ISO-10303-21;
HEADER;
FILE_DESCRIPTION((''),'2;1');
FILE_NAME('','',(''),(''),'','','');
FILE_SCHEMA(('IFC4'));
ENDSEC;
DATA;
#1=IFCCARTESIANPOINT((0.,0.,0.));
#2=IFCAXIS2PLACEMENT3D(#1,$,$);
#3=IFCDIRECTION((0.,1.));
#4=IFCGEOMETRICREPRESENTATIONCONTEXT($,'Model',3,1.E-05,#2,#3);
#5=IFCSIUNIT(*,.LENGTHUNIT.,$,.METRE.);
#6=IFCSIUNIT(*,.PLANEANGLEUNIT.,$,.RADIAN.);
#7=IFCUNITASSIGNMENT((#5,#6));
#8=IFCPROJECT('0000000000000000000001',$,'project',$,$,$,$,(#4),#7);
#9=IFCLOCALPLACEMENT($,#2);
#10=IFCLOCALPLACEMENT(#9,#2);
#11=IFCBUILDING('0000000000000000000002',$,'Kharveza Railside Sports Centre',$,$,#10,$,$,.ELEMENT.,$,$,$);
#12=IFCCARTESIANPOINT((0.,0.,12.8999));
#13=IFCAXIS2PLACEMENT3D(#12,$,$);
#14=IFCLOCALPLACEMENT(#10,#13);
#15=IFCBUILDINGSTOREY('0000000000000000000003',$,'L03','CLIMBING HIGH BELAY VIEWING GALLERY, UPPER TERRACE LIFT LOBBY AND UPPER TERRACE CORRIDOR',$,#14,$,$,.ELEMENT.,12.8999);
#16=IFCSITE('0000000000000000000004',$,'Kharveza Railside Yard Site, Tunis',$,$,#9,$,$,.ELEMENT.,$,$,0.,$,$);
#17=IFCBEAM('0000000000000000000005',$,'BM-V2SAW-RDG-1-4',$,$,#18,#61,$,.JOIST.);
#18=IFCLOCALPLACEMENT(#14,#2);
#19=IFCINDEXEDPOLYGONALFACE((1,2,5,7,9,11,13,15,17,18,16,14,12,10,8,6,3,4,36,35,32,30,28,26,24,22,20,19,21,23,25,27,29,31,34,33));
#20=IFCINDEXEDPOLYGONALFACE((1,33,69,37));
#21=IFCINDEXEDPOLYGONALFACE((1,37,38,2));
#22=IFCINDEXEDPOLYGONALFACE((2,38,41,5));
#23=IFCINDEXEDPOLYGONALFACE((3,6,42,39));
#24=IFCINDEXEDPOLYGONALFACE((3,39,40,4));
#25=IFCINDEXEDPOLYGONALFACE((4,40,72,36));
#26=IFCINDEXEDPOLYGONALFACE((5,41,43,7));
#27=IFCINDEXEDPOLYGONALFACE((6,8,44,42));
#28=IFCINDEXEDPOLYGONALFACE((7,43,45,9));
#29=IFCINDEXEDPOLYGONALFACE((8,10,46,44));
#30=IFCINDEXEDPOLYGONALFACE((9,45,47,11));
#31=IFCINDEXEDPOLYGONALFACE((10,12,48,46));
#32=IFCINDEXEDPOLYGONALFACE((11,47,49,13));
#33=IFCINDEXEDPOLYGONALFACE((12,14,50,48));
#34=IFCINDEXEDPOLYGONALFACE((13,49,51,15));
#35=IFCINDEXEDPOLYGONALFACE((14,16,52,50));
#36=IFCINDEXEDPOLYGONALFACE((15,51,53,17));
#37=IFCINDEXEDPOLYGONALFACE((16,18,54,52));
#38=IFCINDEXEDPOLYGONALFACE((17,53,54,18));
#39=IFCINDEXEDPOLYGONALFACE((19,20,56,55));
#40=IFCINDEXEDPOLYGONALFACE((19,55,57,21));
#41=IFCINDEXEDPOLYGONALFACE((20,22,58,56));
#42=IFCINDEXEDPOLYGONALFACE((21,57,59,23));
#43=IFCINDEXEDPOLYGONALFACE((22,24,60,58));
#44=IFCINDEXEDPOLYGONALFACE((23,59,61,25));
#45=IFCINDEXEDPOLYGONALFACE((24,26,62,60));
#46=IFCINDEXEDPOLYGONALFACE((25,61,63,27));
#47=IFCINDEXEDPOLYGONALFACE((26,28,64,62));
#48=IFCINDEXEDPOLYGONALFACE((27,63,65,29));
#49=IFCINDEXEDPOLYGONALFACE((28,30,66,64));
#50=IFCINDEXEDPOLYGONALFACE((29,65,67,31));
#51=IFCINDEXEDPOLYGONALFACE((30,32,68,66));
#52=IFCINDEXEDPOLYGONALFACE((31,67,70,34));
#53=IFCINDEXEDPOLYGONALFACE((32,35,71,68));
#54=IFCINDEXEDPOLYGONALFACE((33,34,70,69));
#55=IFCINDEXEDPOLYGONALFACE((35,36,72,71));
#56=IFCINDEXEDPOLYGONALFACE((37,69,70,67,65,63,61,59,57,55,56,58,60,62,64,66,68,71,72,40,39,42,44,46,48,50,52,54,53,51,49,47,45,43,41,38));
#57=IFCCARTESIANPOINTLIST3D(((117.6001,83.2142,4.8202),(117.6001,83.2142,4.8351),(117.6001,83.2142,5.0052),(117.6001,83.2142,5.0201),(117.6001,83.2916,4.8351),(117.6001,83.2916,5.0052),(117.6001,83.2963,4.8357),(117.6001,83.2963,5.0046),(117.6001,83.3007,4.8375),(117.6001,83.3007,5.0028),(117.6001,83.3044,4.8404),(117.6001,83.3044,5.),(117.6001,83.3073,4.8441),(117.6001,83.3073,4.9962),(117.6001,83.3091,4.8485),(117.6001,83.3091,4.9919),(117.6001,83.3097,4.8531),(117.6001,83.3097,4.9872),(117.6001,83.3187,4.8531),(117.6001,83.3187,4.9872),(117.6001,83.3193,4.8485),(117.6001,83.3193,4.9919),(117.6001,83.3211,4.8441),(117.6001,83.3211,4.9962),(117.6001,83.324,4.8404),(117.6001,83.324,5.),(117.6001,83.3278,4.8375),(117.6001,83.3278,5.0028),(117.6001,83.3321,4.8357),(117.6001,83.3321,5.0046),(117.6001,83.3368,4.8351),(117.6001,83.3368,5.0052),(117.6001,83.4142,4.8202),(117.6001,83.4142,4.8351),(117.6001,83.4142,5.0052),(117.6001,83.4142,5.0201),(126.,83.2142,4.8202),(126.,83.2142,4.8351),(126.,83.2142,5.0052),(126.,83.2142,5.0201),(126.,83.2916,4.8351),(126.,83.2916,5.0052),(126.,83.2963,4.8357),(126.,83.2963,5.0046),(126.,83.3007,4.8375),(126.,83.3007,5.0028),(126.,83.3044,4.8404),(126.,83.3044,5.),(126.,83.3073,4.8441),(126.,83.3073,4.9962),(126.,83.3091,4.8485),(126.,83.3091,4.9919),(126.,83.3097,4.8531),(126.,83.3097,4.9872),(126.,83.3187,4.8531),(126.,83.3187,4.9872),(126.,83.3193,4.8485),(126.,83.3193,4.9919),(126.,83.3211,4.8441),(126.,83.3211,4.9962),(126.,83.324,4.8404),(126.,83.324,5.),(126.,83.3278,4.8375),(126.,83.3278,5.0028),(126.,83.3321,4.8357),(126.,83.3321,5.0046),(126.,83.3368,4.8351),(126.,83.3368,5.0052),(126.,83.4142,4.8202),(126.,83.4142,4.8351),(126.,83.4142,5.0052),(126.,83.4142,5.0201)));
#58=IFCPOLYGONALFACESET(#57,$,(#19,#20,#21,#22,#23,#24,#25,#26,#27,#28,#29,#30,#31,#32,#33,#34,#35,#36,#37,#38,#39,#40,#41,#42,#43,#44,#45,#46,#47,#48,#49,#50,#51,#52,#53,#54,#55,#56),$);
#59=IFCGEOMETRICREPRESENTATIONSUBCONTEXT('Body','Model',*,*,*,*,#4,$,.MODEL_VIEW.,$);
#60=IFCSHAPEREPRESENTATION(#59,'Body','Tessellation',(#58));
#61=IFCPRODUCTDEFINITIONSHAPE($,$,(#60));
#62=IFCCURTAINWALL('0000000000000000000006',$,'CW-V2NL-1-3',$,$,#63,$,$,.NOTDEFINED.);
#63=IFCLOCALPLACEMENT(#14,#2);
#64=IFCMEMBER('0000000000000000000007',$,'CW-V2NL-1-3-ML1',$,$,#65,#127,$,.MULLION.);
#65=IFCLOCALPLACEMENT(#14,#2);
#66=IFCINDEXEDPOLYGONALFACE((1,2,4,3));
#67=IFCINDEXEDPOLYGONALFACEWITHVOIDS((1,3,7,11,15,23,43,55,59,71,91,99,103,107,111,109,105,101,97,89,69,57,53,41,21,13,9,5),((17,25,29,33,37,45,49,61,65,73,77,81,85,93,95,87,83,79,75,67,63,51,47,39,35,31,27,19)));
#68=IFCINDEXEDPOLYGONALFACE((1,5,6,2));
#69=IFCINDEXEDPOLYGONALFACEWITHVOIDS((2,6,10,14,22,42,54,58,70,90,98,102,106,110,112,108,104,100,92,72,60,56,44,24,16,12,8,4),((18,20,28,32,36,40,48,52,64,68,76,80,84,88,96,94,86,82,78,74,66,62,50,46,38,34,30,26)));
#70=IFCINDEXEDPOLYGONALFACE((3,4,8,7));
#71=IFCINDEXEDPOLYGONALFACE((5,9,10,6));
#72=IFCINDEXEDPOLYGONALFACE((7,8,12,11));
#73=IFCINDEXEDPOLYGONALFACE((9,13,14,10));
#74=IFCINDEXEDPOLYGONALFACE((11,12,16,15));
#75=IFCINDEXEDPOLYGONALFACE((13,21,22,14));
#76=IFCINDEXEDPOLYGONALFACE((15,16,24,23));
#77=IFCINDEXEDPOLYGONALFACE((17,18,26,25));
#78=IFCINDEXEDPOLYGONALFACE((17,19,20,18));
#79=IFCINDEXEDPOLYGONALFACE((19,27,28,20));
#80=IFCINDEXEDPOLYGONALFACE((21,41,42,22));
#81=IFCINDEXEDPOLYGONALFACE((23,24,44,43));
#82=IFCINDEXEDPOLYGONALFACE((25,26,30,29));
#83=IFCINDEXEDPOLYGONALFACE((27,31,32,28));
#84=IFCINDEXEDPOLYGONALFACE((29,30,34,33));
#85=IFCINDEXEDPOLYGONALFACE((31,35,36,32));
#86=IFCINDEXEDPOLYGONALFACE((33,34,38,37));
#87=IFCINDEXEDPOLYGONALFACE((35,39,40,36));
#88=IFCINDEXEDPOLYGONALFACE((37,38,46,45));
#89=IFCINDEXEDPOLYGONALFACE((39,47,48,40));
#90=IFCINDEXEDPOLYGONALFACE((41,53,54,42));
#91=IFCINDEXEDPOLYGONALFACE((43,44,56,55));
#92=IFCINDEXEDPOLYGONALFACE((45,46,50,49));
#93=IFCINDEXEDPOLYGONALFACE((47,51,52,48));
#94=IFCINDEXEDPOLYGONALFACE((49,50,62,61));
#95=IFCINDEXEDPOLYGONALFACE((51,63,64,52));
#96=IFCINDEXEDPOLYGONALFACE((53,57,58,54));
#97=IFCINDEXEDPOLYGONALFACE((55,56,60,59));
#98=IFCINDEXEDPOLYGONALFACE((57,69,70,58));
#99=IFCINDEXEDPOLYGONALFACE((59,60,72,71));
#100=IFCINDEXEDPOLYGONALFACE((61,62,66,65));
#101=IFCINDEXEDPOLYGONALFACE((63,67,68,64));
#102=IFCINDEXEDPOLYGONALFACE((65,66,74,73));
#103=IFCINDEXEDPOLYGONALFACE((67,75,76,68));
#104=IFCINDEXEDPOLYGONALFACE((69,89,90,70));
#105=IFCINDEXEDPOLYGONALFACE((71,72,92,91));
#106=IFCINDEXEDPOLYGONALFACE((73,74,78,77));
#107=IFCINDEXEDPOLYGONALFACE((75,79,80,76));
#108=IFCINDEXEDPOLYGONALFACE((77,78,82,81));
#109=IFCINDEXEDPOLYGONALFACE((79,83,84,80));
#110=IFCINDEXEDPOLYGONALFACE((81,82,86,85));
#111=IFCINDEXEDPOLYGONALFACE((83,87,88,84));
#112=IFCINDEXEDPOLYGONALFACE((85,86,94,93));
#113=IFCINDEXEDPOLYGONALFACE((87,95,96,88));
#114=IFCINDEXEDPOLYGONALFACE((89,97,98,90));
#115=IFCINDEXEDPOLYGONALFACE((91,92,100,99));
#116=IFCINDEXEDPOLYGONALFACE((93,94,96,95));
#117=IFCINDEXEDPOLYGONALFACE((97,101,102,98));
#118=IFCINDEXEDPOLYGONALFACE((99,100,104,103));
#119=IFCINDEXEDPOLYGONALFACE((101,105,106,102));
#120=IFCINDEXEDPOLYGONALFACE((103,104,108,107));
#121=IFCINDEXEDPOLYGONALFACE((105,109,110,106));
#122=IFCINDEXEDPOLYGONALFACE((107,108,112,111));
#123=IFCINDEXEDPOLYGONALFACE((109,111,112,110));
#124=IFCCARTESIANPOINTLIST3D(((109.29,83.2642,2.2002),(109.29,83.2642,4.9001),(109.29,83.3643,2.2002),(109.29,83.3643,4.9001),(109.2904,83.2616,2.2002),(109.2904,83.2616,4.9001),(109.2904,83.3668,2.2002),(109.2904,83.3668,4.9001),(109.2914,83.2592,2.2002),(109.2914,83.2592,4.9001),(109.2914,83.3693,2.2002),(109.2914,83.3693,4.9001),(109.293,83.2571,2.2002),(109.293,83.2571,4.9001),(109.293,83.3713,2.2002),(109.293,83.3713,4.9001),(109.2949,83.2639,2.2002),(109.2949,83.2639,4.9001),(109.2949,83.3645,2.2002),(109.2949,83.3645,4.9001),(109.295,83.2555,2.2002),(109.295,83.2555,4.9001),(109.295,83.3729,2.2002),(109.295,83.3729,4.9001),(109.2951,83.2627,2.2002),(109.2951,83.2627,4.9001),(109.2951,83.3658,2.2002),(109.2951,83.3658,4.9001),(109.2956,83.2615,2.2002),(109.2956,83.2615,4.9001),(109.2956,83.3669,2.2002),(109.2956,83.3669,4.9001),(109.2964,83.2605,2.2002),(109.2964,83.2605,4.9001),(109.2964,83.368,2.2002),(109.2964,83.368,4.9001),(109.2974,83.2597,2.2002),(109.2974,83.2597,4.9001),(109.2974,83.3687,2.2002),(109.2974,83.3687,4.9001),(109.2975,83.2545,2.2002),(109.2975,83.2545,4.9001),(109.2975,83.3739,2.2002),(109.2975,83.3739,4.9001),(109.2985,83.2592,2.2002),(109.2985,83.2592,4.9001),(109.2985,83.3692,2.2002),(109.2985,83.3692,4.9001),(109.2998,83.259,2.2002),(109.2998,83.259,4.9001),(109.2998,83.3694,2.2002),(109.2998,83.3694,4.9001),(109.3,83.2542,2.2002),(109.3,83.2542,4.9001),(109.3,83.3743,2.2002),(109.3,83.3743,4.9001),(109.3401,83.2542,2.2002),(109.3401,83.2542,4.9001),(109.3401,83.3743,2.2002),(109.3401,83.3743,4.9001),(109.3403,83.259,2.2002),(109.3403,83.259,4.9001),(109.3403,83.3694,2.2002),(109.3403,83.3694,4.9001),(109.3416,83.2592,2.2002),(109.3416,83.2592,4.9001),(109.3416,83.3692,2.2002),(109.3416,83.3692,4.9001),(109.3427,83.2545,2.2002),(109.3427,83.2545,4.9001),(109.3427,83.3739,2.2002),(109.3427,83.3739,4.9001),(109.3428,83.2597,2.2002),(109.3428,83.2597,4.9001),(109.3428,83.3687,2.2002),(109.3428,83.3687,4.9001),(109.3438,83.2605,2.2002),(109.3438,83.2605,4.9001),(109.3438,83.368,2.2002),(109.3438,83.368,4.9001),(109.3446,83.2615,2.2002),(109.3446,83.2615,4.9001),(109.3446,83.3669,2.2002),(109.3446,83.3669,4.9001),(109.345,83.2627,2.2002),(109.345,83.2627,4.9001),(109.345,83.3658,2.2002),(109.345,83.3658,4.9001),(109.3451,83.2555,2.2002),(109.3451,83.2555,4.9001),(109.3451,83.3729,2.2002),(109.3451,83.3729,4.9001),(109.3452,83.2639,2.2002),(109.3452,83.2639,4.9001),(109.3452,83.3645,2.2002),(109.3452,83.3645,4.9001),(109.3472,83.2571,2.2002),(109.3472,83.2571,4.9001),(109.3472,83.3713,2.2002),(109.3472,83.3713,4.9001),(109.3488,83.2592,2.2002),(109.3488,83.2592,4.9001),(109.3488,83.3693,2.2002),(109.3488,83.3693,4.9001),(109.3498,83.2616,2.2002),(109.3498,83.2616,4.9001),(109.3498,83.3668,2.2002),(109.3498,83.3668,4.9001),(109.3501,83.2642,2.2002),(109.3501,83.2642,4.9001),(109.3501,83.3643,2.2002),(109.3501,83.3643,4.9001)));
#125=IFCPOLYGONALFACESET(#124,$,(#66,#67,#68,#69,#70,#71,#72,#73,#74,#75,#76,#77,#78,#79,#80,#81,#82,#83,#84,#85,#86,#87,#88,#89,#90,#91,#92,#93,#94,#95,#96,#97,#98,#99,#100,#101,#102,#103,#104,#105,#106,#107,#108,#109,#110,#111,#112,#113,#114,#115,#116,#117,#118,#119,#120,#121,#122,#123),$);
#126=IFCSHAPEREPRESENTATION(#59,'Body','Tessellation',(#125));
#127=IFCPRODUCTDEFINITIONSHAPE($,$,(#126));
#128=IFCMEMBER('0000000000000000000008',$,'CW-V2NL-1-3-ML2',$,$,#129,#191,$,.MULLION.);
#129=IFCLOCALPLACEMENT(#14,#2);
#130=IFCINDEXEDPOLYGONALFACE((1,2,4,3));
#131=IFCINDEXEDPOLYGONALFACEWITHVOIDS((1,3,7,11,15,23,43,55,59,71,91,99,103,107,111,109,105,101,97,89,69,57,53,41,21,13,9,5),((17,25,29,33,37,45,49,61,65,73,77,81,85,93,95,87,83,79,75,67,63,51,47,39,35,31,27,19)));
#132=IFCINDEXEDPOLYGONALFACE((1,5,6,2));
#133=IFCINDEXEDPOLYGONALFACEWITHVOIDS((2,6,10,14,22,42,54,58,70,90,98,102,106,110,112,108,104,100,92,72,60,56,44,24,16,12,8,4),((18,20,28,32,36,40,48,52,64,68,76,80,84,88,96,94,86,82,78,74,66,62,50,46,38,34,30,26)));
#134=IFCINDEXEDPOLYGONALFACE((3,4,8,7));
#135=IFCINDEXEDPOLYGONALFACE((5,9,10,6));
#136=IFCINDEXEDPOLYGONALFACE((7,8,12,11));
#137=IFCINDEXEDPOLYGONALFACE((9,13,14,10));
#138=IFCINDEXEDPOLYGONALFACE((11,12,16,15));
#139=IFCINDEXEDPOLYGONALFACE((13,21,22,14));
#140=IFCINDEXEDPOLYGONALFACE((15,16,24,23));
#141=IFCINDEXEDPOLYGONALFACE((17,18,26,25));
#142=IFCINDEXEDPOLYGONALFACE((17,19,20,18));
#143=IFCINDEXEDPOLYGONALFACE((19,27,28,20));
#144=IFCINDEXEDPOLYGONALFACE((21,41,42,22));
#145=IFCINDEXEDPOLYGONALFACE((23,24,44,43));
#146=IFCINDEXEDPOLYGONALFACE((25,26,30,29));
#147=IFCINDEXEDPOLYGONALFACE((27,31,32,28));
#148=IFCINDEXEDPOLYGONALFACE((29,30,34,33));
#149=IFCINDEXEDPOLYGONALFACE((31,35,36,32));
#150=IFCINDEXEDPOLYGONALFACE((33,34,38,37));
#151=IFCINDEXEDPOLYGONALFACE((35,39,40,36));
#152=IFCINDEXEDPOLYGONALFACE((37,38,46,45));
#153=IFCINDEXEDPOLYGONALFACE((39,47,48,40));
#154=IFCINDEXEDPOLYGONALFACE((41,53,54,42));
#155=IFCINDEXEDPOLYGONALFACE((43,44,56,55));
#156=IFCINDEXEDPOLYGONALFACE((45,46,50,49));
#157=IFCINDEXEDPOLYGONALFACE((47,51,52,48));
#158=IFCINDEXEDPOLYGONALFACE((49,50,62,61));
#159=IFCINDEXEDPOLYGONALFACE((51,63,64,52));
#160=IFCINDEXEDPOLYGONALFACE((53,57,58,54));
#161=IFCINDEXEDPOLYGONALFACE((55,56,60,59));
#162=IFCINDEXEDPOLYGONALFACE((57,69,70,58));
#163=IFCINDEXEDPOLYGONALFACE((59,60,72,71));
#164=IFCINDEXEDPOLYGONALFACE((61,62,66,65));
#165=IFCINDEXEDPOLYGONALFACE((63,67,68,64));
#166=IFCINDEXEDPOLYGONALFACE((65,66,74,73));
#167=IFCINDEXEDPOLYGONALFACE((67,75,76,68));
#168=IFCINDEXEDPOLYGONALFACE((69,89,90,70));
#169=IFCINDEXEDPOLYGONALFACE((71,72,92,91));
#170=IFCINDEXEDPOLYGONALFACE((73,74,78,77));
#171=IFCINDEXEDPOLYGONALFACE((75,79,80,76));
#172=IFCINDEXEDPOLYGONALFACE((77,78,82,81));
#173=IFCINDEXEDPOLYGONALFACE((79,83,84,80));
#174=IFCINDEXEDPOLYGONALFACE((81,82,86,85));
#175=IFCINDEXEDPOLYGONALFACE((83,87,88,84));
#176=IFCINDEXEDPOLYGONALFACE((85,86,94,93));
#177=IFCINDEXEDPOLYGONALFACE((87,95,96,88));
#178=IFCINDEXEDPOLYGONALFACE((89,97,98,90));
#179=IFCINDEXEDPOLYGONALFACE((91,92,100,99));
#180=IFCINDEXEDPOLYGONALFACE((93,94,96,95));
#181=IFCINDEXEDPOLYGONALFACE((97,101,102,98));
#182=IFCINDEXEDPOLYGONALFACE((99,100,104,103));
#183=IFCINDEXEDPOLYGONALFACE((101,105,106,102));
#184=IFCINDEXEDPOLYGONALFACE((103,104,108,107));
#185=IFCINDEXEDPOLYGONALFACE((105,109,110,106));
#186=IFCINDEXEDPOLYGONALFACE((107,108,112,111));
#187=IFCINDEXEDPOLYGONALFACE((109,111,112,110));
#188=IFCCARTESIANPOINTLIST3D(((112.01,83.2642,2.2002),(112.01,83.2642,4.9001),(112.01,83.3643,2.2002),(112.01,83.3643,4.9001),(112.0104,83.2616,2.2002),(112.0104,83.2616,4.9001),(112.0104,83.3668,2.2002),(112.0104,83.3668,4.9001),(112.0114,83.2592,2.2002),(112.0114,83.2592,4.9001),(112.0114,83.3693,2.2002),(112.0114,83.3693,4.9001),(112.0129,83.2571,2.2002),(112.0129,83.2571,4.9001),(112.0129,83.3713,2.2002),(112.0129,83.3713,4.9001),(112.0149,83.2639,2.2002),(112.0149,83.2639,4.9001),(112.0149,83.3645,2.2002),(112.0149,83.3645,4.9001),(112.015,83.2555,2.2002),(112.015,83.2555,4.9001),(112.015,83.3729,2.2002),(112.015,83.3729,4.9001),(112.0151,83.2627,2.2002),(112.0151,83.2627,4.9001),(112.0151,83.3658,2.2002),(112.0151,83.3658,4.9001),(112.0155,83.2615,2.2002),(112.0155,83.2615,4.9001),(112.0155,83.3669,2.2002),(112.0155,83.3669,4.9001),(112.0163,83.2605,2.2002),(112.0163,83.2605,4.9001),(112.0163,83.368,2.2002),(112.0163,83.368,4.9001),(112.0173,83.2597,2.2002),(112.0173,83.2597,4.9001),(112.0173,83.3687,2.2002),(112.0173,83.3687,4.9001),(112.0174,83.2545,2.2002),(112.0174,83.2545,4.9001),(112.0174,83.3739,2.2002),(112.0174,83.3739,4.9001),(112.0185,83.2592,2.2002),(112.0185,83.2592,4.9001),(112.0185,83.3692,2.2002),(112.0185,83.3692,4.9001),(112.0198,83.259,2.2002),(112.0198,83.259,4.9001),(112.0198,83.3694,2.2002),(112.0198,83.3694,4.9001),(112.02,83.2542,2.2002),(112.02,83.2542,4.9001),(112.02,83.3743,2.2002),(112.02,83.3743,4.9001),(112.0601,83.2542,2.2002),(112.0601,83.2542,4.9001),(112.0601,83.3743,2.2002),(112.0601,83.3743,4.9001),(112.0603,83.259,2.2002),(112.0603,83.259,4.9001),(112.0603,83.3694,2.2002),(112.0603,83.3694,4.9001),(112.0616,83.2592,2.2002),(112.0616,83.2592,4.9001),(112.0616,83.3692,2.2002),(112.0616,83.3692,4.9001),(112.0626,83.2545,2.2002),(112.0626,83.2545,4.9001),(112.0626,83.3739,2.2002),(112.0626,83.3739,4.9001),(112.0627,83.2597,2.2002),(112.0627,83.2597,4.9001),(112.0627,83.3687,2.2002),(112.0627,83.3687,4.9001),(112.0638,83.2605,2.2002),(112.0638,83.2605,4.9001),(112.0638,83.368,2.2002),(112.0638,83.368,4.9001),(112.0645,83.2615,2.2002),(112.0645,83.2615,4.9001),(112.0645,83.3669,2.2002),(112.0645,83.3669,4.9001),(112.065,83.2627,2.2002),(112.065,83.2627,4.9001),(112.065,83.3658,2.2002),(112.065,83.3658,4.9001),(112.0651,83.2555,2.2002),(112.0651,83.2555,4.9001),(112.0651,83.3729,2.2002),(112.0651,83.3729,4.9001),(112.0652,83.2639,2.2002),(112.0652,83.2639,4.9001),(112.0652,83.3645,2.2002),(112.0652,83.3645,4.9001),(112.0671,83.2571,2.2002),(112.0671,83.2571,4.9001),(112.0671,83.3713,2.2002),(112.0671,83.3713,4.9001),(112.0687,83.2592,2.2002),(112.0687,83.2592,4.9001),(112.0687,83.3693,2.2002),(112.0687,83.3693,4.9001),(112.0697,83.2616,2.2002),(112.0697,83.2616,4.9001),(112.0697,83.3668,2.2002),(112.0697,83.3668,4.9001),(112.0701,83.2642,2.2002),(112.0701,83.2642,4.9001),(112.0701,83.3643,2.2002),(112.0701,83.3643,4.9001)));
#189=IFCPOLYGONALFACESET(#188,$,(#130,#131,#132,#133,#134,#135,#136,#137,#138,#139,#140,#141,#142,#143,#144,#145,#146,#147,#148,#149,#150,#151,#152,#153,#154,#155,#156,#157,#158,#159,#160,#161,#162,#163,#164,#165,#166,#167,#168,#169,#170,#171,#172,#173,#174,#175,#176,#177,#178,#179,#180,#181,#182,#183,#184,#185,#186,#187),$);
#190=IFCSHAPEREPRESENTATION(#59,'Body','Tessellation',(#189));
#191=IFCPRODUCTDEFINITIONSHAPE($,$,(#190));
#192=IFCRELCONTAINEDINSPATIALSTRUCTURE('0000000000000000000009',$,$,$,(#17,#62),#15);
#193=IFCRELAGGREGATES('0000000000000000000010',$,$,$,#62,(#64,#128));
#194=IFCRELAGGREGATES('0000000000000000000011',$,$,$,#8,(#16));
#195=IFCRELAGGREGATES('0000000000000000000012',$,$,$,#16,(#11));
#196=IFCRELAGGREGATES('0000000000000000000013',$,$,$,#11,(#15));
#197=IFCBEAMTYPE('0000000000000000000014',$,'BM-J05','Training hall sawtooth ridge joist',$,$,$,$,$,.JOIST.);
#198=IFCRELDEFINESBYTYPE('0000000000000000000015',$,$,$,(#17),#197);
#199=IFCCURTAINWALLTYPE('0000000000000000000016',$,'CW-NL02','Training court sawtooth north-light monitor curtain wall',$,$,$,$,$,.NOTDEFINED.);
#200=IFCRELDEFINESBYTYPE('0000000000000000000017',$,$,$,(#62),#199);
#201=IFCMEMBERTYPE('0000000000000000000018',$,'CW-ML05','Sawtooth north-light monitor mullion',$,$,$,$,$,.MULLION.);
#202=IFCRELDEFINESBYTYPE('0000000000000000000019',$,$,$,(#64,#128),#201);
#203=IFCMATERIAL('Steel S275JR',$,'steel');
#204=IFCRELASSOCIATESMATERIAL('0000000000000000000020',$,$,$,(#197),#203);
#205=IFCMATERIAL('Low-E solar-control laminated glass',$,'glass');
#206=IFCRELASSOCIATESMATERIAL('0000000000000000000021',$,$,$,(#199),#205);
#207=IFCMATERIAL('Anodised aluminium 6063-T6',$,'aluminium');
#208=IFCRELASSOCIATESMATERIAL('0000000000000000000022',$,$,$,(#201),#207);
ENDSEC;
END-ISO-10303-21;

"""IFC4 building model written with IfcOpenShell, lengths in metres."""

from ifc_helpers import new_model, si_unit, direction, frame, origin, origin_2d, place, context, subcontext, project, spatial, hollow_rectangle, i_section, extrude, material, material_profile, profile_set, type_object, element, aggregate, save


model = new_model("IFC4")

# Units and contexts
model_context = context("Model", 3, precision=1e-05, world=origin(), true_north=direction((0.0, 1.0)))
body_context = subcontext(model_context, "Body", "Model", "MODEL_VIEW")
ifc_project = project(units=[si_unit("LENGTHUNIT", "METRE"), si_unit("PLANEANGLEUNIT", "RADIAN")], contexts=[model_context])

# Site, building, storey
site_placement = place(None, origin())
site = spatial("IfcSite", under=ifc_project, at=site_placement, Name="Kharveza Railside Yard Site, Tunis", CompositionType="ELEMENT", RefElevation=0.0)
building_placement = place(site_placement, origin())
building = spatial("IfcBuilding", under=site, at=building_placement, Name="Kharveza Railside Sports Centre", CompositionType="ELEMENT")
storey_placement = place(building_placement, frame((0.0, 0.0, 12.8999)))
storey = spatial("IfcBuildingStorey", under=building, at=storey_placement, Name="L03", Description="CLIMBING HIGH BELAY VIEWING GALLERY, UPPER TERRACE LIFT LOBBY AND UPPER TERRACE CORRIDOR", CompositionType="ELEMENT", Elevation=12.8999)

# Beam
ifc_material_1 = material(Name="Steel S275JR", Category="steel")
ifc_material_profile_1 = material_profile(ifc_material_1, i_section(OverallWidth=0.2, OverallDepth=0.2, WebThickness=0.009, FlangeThickness=0.0149, FilletRadius=0.0181, at=origin_2d()), Name="HEB 200")
ifc_profile_set_1 = profile_set([ifc_material_profile_1], Name="Steel S275JR")
beam_type_1 = type_object("IfcBeamType", Name="BM-J05", Description="Training hall sawtooth ridge joist", PredefinedType="JOIST", material=ifc_profile_set_1)
beam_placement = place(storey_placement, frame((117.6001, 83.3142, 4.9202), z_axis=(1.0, 0.0, 0.0), x_axis=(0.0, 1.0, 0.0)))
element("IfcBeam", 1, at=beam_placement, inside=storey, type_object=beam_type_1, Name="BM-V2SAW-RDG-1-4", PredefinedType="JOIST", context=body_context, shape_type="SweptSolid", body=[
    extrude(i_section(OverallWidth=0.2, OverallDepth=0.2, WebThickness=0.009, FlangeThickness=0.0149, FilletRadius=0.0181, at=origin_2d()), origin(), (0.0, 0.0, 1.0), 8.3999),
])

# Curtain wall, members
ifc_material_2 = material(Name="Low-E solar-control laminated glass", Category="glass")
curtain_wall_type = type_object("IfcCurtainWallType", Name="CW-NL02", Description="Training court sawtooth north-light monitor curtain wall", PredefinedType="NOTDEFINED", material=ifc_material_2)
curtain_wall_1_placement = place(storey_placement, origin())
curtain_wall_1 = element("IfcCurtainWall", 2, at=curtain_wall_1_placement, inside=storey, type_object=curtain_wall_type, Name="CW-V2NL-1-3", PredefinedType="NOTDEFINED")
ifc_material_3 = material(Name="Anodised aluminium 6063-T6", Category="aluminium")
ifc_material_profile_2 = material_profile(ifc_material_3, hollow_rectangle(XDim=0.0601, YDim=0.1201, WallThickness=0.0049, InnerFilletRadius=0.0049, OuterFilletRadius=0.01, at=origin_2d()), Name="RHS 60x120x5.0")
ifc_profile_set_2 = profile_set([ifc_material_profile_2], Name="Anodised aluminium 6063-T6")
member_type_1 = type_object("IfcMemberType", Name="CW-ML05", Description="Sawtooth north-light monitor mullion", PredefinedType="MULLION", material=ifc_profile_set_2)
member_1_placement = place(storey_placement, frame((109.3201, 83.3142, 2.2002), z_axis=(0.0, 0.0, 1.0), x_axis=(1.0, 0.0, 0.0)))
member_1 = element("IfcMember", 3, at=member_1_placement, type_object=member_type_1, Name="CW-V2NL-1-3-ML1", PredefinedType="MULLION", context=body_context, shape_type="SweptSolid", body=[
    extrude(hollow_rectangle(XDim=0.0601, YDim=0.1201, WallThickness=0.0049, InnerFilletRadius=0.0049, OuterFilletRadius=0.01, at=origin_2d()), origin(), (0.0, 0.0, 1.0), 2.7),
])
member_2_placement = place(storey_placement, frame((112.04, 83.3142, 2.2002), z_axis=(0.0, 0.0, 1.0), x_axis=(1.0, 0.0, 0.0)))
member_2 = element("IfcMember", 4, at=member_2_placement, type_object=member_type_1, Name="CW-V2NL-1-3-ML2", PredefinedType="MULLION", context=body_context, shape_type="SweptSolid", body=[
    extrude(hollow_rectangle(XDim=0.0601, YDim=0.1201, WallThickness=0.0049, InnerFilletRadius=0.0049, OuterFilletRadius=0.01, at=origin_2d()), origin(), (0.0, 0.0, 1.0), 2.7),
])

aggregate(curtain_wall_1, [member_1, member_2])

save(model, "model.ifc")
